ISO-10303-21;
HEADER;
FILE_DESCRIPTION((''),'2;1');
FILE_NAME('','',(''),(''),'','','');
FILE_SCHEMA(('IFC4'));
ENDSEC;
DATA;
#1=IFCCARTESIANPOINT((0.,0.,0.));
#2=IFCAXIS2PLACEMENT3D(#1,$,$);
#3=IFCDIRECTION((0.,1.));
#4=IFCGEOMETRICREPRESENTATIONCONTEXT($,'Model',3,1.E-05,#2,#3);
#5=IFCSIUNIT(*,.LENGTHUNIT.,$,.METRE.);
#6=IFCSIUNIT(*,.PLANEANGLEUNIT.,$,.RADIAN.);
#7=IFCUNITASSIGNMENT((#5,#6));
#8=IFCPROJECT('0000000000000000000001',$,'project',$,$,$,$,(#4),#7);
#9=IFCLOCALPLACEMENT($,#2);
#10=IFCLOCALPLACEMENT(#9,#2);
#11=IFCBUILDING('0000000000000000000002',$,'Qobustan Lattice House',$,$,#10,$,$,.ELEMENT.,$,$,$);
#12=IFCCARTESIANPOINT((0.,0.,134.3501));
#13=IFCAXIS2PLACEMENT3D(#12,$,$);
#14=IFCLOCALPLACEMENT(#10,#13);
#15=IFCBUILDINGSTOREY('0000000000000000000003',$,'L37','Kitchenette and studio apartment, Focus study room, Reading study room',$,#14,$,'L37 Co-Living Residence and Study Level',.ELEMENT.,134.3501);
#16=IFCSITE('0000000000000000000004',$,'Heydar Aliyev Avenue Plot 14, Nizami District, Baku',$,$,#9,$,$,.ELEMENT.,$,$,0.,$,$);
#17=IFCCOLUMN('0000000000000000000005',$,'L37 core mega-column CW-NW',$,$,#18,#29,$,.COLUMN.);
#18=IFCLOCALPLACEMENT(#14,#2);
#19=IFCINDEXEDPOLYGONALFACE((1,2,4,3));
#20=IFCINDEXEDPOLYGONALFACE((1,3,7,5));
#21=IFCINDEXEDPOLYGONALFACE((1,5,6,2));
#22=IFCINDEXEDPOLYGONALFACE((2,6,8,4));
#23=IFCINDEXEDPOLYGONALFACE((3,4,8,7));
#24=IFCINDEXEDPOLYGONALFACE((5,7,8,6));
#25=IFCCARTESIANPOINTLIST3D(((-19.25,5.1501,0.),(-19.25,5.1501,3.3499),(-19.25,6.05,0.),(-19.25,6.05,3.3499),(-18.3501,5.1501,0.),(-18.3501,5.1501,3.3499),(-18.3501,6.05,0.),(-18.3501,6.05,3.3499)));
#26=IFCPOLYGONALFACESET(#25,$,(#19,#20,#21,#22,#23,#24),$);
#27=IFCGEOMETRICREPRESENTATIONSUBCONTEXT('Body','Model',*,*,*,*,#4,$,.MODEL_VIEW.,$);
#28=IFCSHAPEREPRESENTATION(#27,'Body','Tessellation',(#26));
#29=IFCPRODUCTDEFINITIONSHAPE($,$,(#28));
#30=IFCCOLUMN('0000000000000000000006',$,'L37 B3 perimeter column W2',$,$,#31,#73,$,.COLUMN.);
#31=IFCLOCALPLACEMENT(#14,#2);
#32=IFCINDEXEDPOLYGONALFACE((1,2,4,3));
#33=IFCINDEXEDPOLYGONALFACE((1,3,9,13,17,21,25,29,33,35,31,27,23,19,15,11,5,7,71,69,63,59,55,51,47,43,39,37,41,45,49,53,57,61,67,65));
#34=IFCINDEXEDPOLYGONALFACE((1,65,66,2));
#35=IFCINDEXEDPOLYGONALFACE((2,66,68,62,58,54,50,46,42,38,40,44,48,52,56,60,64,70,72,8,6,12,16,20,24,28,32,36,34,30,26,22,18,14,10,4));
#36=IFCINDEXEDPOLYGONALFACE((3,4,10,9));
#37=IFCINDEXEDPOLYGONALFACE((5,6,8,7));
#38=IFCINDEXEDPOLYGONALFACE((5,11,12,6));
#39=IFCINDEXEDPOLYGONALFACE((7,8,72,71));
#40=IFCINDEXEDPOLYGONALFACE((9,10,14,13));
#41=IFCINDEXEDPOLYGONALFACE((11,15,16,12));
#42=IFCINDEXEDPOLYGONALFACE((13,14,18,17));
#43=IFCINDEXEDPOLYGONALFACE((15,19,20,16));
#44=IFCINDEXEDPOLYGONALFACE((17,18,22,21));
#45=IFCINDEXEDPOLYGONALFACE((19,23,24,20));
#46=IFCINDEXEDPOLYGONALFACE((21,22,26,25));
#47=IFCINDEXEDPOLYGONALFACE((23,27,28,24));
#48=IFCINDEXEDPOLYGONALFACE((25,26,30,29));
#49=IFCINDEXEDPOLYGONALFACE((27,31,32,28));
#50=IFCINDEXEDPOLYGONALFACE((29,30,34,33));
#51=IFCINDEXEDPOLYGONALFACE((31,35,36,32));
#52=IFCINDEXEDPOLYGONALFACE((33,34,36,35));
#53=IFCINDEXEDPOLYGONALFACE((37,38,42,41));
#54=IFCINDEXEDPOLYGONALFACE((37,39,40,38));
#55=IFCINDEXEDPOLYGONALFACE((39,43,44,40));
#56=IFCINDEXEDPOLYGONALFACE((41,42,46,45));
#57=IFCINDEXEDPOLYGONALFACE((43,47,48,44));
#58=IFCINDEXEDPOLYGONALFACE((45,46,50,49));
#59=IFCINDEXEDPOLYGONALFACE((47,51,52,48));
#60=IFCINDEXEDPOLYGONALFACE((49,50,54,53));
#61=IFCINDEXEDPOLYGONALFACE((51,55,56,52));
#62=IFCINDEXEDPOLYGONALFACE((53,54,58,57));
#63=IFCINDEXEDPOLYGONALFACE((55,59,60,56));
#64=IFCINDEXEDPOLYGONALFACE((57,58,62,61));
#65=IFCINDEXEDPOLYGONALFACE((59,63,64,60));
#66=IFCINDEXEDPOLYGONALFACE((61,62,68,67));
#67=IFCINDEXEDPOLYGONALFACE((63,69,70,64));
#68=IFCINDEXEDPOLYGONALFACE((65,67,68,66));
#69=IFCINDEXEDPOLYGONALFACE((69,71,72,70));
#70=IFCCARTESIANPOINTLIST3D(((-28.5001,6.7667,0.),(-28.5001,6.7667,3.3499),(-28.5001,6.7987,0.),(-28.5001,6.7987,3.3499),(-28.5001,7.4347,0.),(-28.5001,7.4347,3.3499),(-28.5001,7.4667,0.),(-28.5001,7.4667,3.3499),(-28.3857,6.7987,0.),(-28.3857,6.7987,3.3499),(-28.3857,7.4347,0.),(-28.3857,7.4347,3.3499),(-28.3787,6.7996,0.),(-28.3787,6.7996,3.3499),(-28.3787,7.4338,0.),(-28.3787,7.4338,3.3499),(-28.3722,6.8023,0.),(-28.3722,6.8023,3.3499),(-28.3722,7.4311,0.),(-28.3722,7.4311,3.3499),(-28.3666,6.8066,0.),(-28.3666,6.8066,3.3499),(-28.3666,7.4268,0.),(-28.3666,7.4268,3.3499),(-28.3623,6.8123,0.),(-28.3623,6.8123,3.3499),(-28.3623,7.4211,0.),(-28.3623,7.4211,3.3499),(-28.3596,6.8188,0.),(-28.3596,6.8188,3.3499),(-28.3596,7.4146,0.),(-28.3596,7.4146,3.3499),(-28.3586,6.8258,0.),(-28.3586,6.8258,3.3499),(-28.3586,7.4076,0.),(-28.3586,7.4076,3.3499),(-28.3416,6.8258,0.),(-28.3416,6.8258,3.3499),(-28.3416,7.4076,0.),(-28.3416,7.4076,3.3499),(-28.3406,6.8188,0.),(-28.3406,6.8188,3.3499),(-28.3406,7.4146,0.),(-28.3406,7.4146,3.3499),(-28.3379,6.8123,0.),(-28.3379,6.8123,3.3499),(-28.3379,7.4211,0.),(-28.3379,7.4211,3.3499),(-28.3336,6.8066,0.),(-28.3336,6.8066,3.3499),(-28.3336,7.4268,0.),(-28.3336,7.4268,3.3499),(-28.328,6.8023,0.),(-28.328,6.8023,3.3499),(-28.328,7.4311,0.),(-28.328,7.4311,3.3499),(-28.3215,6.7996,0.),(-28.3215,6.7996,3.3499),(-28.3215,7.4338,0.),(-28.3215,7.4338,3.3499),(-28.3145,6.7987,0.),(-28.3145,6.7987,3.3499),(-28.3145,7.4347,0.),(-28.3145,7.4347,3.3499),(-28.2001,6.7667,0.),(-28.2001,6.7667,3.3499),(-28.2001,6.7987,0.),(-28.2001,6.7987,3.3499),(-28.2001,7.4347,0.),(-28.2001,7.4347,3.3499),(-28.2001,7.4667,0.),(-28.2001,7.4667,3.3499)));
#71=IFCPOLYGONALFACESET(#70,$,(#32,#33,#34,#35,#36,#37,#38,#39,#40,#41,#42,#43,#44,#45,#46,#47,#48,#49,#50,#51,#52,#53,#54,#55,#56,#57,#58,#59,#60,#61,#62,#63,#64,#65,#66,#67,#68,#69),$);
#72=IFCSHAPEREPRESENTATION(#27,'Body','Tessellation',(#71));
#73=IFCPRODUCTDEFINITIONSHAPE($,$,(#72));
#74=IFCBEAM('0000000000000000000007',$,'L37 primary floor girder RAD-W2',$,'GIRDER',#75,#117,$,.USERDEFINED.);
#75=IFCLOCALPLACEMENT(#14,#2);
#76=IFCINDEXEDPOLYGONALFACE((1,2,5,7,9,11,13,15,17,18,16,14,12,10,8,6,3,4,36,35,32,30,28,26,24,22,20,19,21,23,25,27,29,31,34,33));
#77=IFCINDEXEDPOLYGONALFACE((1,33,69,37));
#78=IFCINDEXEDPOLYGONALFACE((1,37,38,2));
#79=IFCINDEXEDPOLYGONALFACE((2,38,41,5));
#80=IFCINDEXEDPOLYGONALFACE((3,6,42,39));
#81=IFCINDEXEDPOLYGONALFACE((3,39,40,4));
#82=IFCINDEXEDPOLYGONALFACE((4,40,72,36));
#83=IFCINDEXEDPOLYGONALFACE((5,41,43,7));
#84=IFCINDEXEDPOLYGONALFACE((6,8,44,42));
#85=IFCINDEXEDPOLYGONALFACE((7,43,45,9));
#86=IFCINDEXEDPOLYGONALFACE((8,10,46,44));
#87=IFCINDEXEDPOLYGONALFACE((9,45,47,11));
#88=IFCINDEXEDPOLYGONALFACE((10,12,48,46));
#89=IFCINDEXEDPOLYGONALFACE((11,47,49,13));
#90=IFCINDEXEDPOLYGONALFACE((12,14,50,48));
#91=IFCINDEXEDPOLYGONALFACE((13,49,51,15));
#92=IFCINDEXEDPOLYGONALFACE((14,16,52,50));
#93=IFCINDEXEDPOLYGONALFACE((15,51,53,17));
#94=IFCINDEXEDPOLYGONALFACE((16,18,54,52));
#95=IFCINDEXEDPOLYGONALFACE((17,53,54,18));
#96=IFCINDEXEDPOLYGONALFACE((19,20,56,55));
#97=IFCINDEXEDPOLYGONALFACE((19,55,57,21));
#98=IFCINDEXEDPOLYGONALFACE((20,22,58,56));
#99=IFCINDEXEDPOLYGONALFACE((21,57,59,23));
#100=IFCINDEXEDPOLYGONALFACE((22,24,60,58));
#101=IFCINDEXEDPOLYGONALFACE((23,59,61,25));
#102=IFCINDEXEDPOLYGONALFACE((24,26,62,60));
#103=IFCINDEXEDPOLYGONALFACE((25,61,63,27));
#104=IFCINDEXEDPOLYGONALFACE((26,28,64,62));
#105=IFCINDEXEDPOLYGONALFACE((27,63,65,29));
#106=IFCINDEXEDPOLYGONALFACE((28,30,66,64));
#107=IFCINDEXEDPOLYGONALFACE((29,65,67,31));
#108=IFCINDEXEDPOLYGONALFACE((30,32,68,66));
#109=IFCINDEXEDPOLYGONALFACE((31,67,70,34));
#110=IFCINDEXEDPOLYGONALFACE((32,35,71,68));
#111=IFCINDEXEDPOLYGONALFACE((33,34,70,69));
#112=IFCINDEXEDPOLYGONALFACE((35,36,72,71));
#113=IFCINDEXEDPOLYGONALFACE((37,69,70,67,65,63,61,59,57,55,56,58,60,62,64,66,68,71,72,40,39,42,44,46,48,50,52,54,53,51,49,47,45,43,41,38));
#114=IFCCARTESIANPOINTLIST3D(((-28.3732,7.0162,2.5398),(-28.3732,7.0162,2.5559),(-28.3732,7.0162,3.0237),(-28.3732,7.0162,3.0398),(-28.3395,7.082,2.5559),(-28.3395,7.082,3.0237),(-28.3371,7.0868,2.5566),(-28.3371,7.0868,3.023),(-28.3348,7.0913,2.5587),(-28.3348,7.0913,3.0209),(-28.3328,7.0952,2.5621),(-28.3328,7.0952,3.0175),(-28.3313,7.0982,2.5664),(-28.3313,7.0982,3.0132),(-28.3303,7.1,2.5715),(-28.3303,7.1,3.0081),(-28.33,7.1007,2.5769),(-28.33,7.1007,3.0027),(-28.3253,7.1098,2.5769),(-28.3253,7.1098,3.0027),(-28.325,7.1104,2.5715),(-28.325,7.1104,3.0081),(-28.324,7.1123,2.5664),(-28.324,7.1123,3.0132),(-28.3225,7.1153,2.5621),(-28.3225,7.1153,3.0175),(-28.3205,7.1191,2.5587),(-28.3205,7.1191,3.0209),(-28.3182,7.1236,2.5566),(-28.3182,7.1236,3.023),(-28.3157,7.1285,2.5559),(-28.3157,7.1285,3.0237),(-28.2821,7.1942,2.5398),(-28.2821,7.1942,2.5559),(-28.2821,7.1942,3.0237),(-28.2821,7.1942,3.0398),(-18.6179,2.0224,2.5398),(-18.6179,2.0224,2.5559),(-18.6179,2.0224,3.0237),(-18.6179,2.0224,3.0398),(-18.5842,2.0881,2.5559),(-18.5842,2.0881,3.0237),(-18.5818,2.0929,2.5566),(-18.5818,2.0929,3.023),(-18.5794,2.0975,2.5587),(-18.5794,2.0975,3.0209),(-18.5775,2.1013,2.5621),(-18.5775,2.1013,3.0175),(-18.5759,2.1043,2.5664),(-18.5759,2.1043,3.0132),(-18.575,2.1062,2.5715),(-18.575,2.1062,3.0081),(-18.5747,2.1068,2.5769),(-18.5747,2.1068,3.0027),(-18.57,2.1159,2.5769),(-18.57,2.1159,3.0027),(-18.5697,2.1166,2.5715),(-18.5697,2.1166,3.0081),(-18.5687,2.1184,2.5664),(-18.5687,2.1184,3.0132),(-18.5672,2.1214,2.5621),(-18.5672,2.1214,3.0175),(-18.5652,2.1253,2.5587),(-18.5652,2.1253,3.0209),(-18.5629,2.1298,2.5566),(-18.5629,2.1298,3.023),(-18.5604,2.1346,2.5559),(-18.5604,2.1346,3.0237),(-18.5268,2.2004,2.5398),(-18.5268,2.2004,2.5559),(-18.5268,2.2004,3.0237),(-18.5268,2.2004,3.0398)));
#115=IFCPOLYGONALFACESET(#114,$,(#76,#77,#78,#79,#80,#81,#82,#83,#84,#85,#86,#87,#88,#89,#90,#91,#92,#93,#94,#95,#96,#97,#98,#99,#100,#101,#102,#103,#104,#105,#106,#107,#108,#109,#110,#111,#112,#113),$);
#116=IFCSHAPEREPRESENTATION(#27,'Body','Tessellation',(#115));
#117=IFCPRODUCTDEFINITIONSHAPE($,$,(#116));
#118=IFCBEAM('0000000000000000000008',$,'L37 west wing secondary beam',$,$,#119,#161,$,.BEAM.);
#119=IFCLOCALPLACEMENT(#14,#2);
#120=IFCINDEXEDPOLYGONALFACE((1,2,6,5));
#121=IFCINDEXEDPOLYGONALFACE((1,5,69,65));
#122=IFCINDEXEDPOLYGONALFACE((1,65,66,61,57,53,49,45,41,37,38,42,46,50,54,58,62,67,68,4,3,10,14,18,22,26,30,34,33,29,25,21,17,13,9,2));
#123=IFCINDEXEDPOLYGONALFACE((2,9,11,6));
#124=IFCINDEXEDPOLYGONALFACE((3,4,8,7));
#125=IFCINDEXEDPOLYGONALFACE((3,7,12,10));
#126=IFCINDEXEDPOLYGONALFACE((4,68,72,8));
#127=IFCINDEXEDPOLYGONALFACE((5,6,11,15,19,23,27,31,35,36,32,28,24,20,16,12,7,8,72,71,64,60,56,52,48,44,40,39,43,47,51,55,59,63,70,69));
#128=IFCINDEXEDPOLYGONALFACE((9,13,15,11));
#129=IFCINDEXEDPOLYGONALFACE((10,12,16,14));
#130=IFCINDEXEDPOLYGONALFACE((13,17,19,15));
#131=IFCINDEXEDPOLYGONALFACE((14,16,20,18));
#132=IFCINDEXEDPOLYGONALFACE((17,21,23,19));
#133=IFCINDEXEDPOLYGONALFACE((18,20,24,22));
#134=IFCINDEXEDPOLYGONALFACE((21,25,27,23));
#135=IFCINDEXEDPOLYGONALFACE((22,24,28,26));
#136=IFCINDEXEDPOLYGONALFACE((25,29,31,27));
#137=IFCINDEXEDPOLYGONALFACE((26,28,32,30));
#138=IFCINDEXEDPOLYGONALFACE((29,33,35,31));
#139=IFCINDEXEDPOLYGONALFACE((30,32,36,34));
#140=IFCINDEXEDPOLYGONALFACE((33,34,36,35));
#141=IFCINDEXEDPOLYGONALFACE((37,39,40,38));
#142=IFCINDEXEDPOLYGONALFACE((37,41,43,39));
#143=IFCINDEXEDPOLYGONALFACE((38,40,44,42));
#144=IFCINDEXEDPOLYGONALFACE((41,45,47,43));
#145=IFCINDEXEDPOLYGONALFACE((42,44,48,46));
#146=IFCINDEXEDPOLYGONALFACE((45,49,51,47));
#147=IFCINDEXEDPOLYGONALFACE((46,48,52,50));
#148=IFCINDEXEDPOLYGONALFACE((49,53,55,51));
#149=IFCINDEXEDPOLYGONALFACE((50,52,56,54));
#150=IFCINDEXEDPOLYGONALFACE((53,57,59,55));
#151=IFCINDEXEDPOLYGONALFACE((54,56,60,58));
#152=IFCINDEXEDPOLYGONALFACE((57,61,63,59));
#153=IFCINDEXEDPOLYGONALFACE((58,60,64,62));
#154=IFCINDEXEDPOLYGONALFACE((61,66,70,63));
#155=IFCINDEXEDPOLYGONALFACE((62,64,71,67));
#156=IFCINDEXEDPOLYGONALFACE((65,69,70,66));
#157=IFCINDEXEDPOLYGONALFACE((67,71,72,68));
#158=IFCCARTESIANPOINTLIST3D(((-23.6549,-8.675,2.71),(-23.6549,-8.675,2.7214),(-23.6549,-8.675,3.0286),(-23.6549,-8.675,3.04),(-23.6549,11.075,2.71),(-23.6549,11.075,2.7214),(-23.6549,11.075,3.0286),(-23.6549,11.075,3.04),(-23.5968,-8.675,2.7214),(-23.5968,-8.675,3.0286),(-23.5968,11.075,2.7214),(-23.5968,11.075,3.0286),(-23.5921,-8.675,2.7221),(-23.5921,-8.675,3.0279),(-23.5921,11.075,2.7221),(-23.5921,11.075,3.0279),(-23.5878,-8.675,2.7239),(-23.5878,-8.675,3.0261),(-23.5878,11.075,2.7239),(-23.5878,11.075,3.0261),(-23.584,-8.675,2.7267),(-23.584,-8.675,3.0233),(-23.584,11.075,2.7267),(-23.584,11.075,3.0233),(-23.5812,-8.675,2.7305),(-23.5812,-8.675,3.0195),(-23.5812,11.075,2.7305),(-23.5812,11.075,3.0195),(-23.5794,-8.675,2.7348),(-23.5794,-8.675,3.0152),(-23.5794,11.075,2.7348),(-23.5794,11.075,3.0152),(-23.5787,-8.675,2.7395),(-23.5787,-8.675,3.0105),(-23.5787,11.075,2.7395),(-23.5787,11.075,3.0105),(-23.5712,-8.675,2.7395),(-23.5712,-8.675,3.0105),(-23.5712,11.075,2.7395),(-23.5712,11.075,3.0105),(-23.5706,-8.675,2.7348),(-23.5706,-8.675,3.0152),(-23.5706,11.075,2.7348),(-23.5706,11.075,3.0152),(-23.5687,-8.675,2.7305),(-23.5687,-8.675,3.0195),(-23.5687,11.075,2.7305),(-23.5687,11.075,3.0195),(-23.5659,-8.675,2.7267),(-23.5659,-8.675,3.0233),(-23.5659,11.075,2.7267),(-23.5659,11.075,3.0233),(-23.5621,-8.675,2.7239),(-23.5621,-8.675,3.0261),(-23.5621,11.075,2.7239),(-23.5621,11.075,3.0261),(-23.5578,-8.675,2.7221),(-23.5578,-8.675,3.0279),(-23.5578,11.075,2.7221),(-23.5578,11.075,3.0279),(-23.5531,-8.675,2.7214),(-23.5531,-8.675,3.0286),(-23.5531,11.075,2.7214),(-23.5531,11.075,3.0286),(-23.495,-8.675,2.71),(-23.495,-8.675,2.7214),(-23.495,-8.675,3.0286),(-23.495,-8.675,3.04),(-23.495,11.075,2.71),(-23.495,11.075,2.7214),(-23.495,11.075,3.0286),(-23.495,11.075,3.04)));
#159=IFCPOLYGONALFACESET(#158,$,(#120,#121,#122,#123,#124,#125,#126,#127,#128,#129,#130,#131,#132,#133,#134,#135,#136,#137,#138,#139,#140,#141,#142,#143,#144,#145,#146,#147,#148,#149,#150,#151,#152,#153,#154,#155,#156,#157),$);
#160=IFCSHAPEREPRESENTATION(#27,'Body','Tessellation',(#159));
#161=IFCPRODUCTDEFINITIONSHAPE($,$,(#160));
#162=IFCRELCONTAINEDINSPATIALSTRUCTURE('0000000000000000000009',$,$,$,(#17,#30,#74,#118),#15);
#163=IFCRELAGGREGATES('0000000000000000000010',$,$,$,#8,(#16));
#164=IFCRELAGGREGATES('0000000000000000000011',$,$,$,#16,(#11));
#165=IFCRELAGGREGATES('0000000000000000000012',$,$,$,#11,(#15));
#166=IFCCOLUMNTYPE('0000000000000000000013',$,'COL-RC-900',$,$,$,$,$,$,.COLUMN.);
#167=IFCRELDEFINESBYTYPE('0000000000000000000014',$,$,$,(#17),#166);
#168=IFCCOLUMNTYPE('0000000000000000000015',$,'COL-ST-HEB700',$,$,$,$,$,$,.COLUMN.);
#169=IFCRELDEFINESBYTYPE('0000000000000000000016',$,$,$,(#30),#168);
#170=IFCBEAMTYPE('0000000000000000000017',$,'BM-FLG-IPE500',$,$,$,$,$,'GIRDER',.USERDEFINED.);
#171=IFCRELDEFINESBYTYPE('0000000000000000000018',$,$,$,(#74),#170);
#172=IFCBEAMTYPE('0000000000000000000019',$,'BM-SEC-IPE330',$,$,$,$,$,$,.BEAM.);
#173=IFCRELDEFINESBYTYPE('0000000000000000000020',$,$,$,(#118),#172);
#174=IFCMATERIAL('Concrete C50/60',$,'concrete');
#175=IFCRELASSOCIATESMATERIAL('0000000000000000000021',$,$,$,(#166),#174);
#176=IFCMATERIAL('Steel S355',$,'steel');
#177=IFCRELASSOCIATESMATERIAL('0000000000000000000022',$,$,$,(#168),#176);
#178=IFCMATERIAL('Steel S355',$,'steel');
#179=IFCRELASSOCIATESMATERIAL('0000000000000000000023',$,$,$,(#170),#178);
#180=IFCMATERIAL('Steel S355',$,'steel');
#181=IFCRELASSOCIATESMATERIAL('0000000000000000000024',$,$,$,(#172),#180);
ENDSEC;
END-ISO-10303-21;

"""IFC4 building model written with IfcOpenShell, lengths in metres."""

from ifc_helpers import new_model, si_unit, direction, frame, origin, origin_2d, place, context, subcontext, project, spatial, rectangle, i_section, extrude, material, material_profile, profile_set, type_object, element, save


model = new_model("IFC4")

# Units and contexts
model_context = context("Model", 3, precision=1e-05, world=origin(), true_north=direction((0.0, 1.0)))
body_context = subcontext(model_context, "Body", "Model", "MODEL_VIEW")
ifc_project = project(units=[si_unit("LENGTHUNIT", "METRE"), si_unit("PLANEANGLEUNIT", "RADIAN")], contexts=[model_context])

# Site, building, storey
site_placement = place(None, origin())
site = spatial("IfcSite", under=ifc_project, at=site_placement, Name="Heydar Aliyev Avenue Plot 14, Nizami District, Baku", CompositionType="ELEMENT", RefElevation=0.0)
building_placement = place(site_placement, origin())
building = spatial("IfcBuilding", under=site, at=building_placement, Name="Qobustan Lattice House", CompositionType="ELEMENT")
storey_placement = place(building_placement, frame((0.0, 0.0, 134.3501)))
storey = spatial("IfcBuildingStorey", under=building, at=storey_placement, Name="L37", Description="Kitchenette and studio apartment, Focus study room, Reading study room", LongName="L37 Co-Living Residence and Study Level", CompositionType="ELEMENT", Elevation=134.3501)

# Columns
ifc_material_1 = material(Name="Concrete C50/60", Category="concrete")
ifc_material_profile_1 = material_profile(ifc_material_1, rectangle(XDim=0.8999, YDim=0.8999, at=origin_2d()), Name="RC900x900")
ifc_profile_set_1 = profile_set([ifc_material_profile_1], Name="Concrete C50/60")
column_type_1 = type_object("IfcColumnType", Name="COL-RC-900", PredefinedType="COLUMN", material=ifc_profile_set_1)
column_1_placement = place(storey_placement, frame((-18.8, 5.6001, 0.0), z_axis=(0.0, 0.0, 1.0), x_axis=(1.0, 0.0, 0.0)))
element("IfcColumn", 1, at=column_1_placement, inside=storey, type_object=column_type_1, Name="L37 core mega-column CW-NW", PredefinedType="COLUMN", context=body_context, shape_type="SweptSolid", body=[
    extrude(rectangle(XDim=0.8999, YDim=0.8999, at=origin_2d()), origin(), (0.0, 0.0, 1.0), 3.3499),
])
ifc_material_2 = material(Name="Steel S355", Category="steel")
ifc_material_profile_2 = material_profile(ifc_material_2, i_section(OverallWidth=0.3, OverallDepth=0.7, WebThickness=0.0171, FlangeThickness=0.032, FilletRadius=0.0271, at=origin_2d()), Name="HEB700")
ifc_profile_set_2 = profile_set([ifc_material_profile_2], Name="Steel S355")
column_type_2 = type_object("IfcColumnType", Name="COL-ST-HEB700", PredefinedType="COLUMN", material=ifc_profile_set_2)
column_2_placement = place(storey_placement, frame((-28.3501, 7.1167, 0.0), z_axis=(0.0, 0.0, 1.0), x_axis=(1.0, 0.0, 0.0)))
element("IfcColumn", 2, at=column_2_placement, inside=storey, type_object=column_type_2, Name="L37 B3 perimeter column W2", PredefinedType="COLUMN", context=body_context, shape_type="SweptSolid", body=[
    extrude(i_section(OverallWidth=0.3, OverallDepth=0.7, WebThickness=0.0171, FlangeThickness=0.032, FilletRadius=0.0271, at=origin_2d()), origin(), (0.0, 0.0, 1.0), 3.3499),
])

# Beams
ifc_material_3 = material(Name="Steel S355", Category="steel")
ifc_material_profile_3 = material_profile(ifc_material_3, i_section(OverallWidth=0.2, OverallDepth=0.5, WebThickness=0.0103, FlangeThickness=0.0161, FilletRadius=0.021, at=origin_2d()), Name="IPE500")
ifc_profile_set_3 = profile_set([ifc_material_profile_3], Name="Steel S355")
beam_type_1 = type_object("IfcBeamType", Name="BM-FLG-IPE500", ElementType="GIRDER", PredefinedType="USERDEFINED", material=ifc_profile_set_3)
beam_1_placement = place(storey_placement, frame((-28.3276, 7.1052, 2.7898), z_axis=(0.890145, -0.455677, 0.0), x_axis=(0.455677, 0.890145, 0.0)))
element("IfcBeam", 3, at=beam_1_placement, inside=storey, type_object=beam_type_1, Name="L37 primary floor girder RAD-W2", ObjectType="GIRDER", PredefinedType="USERDEFINED", context=body_context, shape_type="SweptSolid", body=[
    extrude(i_section(OverallWidth=0.2, OverallDepth=0.5, WebThickness=0.0103, FlangeThickness=0.0161, FilletRadius=0.021, at=origin_2d()), origin(), (0.0, 0.0, 1.0), 10.9592),
])
ifc_material_4 = material(Name="Steel S355", Category="steel")
ifc_material_profile_4 = material_profile(ifc_material_4, i_section(OverallWidth=0.1599, OverallDepth=0.3301, WebThickness=0.0076, FlangeThickness=0.0115, FilletRadius=0.0181, at=origin_2d()), Name="IPE330")
ifc_profile_set_4 = profile_set([ifc_material_profile_4], Name="Steel S355")
beam_type_2 = type_object("IfcBeamType", Name="BM-SEC-IPE330", PredefinedType="BEAM", material=ifc_profile_set_4)
beam_2_placement = place(storey_placement, frame((-23.575, 11.075, 2.875), z_axis=(0.0, -1.0, 0.0), x_axis=(1.0, 0.0, 0.0)))
element("IfcBeam", 4, at=beam_2_placement, inside=storey, type_object=beam_type_2, Name="L37 west wing secondary beam", PredefinedType="BEAM", context=body_context, shape_type="SweptSolid", body=[
    extrude(i_section(OverallWidth=0.1599, OverallDepth=0.3301, WebThickness=0.0076, FlangeThickness=0.0115, FilletRadius=0.0181, at=origin_2d()), origin(), (0.0, 0.0, 1.0), 19.75),
])

save(model, "model.ifc")
